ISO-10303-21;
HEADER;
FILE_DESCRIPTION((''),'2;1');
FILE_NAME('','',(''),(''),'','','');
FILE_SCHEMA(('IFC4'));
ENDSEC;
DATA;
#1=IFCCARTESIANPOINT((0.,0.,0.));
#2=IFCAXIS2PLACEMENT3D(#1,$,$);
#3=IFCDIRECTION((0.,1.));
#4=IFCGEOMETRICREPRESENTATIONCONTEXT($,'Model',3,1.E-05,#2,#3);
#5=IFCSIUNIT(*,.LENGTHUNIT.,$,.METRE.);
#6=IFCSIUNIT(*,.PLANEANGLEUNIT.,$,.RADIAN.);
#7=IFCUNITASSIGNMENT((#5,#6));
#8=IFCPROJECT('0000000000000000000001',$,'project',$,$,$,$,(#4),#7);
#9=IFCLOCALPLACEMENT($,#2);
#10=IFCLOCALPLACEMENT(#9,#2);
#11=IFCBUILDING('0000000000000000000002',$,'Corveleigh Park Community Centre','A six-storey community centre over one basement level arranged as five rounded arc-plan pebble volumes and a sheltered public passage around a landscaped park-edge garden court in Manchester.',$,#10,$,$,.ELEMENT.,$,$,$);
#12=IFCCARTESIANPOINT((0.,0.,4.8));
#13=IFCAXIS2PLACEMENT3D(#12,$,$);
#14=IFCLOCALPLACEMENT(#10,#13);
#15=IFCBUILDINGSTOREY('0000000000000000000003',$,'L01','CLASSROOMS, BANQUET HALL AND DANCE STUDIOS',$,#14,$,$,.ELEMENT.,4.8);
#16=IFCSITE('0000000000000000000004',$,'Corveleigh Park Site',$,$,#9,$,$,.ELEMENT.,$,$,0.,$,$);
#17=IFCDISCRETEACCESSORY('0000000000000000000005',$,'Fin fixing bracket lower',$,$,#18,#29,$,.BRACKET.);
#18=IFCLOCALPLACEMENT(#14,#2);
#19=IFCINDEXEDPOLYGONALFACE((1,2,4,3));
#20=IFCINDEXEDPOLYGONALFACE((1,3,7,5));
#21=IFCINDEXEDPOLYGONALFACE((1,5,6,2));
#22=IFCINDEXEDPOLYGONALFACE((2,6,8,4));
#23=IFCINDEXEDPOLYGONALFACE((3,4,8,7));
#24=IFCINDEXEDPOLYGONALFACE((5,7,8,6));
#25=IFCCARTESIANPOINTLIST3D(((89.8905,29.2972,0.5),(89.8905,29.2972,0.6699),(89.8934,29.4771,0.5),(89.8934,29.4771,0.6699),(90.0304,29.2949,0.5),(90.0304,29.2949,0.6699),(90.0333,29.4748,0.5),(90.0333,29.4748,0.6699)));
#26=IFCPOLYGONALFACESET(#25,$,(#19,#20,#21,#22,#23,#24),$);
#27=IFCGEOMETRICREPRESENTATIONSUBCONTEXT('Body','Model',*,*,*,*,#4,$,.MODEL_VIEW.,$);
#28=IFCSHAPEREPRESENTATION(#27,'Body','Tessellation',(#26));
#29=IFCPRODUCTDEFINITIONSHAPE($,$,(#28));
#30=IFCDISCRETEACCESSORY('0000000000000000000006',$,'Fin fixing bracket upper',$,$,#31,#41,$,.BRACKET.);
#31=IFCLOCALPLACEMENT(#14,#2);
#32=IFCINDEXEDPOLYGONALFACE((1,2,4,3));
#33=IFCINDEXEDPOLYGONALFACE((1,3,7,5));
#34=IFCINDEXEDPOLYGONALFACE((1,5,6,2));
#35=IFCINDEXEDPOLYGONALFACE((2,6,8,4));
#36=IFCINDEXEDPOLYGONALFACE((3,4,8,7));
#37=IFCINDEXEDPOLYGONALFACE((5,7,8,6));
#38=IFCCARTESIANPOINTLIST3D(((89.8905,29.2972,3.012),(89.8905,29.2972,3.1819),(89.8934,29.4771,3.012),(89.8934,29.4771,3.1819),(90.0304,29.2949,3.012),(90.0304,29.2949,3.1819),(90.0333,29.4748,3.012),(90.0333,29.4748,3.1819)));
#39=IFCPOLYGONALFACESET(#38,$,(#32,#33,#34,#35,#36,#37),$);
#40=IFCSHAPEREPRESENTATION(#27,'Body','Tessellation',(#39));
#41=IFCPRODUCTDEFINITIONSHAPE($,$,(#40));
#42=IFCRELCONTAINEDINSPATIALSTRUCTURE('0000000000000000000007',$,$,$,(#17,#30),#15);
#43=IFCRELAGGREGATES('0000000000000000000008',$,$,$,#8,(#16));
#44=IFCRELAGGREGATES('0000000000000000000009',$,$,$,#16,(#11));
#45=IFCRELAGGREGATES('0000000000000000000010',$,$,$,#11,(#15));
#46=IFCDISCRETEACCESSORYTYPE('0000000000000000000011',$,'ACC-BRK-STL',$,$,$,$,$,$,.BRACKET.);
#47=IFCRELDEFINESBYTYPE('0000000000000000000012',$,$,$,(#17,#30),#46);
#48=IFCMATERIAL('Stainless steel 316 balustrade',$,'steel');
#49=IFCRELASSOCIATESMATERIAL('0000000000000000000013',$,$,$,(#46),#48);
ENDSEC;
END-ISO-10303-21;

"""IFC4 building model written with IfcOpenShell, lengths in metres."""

from ifc_helpers import new_model, si_unit, direction, frame, origin, origin_2d, place, context, subcontext, project, spatial, rectangle, extrude, material, type_object, element, save


model = new_model("IFC4")

# Units and contexts
model_context = context("Model", 3, precision=1e-05, world=origin(), true_north=direction((0.0, 1.0)))
body_context = subcontext(model_context, "Body", "Model", "MODEL_VIEW")
ifc_project = project(units=[si_unit("LENGTHUNIT", "METRE"), si_unit("PLANEANGLEUNIT", "RADIAN")], contexts=[model_context])

# Site, building, storey
site_placement = place(None, origin())
site = spatial("IfcSite", under=ifc_project, at=site_placement, Name="Corveleigh Park Site", CompositionType="ELEMENT", RefElevation=0.0)
building_placement = place(site_placement, origin())
building = spatial("IfcBuilding", under=site, at=building_placement, Name="Corveleigh Park Community Centre", Description="A six-storey community centre over one basement level arranged as five rounded arc-plan pebble volumes and a sheltered public passage around a landscaped park-edge garden court in Manchester.", CompositionType="ELEMENT")
storey_placement = place(building_placement, frame((0.0, 0.0, 4.8)))
storey = spatial("IfcBuildingStorey", under=building, at=storey_placement, Name="L01", Description="CLASSROOMS, BANQUET HALL AND DANCE STUDIOS", CompositionType="ELEMENT", Elevation=4.8)

# Discrete accessories
ifc_material_1 = material(Name="Stainless steel 316 balustrade", Category="steel")
discrete_accessory_type = type_object("IfcDiscreteAccessoryType", Name="ACC-BRK-STL", PredefinedType="BRACKET", material=ifc_material_1)
for number, where, z_axis, x_axis, name in (
    (1, (89.9619, 29.386, 0.5), (0.0, 0.0, 1.0), (0.016311, 0.999867, 0.0), "Fin fixing bracket lower"),
    (2, (89.9619, 29.386, 3.012), (0.0, 0.0, 1.0), (0.016311, 0.999867, 0.0), "Fin fixing bracket upper"),
):
    element("IfcDiscreteAccessory", number, at=place(storey_placement, frame(where, z_axis=z_axis, x_axis=x_axis)), inside=storey, type_object=discrete_accessory_type, Name=name, PredefinedType="BRACKET", context=body_context, shape_type="SweptSolid", body=[
        extrude(rectangle(XDim=0.1799, YDim=0.1399, at=origin_2d()), origin(), (0.0, 0.0, 1.0), 0.1699),
    ])

save(model, "model.ifc")
